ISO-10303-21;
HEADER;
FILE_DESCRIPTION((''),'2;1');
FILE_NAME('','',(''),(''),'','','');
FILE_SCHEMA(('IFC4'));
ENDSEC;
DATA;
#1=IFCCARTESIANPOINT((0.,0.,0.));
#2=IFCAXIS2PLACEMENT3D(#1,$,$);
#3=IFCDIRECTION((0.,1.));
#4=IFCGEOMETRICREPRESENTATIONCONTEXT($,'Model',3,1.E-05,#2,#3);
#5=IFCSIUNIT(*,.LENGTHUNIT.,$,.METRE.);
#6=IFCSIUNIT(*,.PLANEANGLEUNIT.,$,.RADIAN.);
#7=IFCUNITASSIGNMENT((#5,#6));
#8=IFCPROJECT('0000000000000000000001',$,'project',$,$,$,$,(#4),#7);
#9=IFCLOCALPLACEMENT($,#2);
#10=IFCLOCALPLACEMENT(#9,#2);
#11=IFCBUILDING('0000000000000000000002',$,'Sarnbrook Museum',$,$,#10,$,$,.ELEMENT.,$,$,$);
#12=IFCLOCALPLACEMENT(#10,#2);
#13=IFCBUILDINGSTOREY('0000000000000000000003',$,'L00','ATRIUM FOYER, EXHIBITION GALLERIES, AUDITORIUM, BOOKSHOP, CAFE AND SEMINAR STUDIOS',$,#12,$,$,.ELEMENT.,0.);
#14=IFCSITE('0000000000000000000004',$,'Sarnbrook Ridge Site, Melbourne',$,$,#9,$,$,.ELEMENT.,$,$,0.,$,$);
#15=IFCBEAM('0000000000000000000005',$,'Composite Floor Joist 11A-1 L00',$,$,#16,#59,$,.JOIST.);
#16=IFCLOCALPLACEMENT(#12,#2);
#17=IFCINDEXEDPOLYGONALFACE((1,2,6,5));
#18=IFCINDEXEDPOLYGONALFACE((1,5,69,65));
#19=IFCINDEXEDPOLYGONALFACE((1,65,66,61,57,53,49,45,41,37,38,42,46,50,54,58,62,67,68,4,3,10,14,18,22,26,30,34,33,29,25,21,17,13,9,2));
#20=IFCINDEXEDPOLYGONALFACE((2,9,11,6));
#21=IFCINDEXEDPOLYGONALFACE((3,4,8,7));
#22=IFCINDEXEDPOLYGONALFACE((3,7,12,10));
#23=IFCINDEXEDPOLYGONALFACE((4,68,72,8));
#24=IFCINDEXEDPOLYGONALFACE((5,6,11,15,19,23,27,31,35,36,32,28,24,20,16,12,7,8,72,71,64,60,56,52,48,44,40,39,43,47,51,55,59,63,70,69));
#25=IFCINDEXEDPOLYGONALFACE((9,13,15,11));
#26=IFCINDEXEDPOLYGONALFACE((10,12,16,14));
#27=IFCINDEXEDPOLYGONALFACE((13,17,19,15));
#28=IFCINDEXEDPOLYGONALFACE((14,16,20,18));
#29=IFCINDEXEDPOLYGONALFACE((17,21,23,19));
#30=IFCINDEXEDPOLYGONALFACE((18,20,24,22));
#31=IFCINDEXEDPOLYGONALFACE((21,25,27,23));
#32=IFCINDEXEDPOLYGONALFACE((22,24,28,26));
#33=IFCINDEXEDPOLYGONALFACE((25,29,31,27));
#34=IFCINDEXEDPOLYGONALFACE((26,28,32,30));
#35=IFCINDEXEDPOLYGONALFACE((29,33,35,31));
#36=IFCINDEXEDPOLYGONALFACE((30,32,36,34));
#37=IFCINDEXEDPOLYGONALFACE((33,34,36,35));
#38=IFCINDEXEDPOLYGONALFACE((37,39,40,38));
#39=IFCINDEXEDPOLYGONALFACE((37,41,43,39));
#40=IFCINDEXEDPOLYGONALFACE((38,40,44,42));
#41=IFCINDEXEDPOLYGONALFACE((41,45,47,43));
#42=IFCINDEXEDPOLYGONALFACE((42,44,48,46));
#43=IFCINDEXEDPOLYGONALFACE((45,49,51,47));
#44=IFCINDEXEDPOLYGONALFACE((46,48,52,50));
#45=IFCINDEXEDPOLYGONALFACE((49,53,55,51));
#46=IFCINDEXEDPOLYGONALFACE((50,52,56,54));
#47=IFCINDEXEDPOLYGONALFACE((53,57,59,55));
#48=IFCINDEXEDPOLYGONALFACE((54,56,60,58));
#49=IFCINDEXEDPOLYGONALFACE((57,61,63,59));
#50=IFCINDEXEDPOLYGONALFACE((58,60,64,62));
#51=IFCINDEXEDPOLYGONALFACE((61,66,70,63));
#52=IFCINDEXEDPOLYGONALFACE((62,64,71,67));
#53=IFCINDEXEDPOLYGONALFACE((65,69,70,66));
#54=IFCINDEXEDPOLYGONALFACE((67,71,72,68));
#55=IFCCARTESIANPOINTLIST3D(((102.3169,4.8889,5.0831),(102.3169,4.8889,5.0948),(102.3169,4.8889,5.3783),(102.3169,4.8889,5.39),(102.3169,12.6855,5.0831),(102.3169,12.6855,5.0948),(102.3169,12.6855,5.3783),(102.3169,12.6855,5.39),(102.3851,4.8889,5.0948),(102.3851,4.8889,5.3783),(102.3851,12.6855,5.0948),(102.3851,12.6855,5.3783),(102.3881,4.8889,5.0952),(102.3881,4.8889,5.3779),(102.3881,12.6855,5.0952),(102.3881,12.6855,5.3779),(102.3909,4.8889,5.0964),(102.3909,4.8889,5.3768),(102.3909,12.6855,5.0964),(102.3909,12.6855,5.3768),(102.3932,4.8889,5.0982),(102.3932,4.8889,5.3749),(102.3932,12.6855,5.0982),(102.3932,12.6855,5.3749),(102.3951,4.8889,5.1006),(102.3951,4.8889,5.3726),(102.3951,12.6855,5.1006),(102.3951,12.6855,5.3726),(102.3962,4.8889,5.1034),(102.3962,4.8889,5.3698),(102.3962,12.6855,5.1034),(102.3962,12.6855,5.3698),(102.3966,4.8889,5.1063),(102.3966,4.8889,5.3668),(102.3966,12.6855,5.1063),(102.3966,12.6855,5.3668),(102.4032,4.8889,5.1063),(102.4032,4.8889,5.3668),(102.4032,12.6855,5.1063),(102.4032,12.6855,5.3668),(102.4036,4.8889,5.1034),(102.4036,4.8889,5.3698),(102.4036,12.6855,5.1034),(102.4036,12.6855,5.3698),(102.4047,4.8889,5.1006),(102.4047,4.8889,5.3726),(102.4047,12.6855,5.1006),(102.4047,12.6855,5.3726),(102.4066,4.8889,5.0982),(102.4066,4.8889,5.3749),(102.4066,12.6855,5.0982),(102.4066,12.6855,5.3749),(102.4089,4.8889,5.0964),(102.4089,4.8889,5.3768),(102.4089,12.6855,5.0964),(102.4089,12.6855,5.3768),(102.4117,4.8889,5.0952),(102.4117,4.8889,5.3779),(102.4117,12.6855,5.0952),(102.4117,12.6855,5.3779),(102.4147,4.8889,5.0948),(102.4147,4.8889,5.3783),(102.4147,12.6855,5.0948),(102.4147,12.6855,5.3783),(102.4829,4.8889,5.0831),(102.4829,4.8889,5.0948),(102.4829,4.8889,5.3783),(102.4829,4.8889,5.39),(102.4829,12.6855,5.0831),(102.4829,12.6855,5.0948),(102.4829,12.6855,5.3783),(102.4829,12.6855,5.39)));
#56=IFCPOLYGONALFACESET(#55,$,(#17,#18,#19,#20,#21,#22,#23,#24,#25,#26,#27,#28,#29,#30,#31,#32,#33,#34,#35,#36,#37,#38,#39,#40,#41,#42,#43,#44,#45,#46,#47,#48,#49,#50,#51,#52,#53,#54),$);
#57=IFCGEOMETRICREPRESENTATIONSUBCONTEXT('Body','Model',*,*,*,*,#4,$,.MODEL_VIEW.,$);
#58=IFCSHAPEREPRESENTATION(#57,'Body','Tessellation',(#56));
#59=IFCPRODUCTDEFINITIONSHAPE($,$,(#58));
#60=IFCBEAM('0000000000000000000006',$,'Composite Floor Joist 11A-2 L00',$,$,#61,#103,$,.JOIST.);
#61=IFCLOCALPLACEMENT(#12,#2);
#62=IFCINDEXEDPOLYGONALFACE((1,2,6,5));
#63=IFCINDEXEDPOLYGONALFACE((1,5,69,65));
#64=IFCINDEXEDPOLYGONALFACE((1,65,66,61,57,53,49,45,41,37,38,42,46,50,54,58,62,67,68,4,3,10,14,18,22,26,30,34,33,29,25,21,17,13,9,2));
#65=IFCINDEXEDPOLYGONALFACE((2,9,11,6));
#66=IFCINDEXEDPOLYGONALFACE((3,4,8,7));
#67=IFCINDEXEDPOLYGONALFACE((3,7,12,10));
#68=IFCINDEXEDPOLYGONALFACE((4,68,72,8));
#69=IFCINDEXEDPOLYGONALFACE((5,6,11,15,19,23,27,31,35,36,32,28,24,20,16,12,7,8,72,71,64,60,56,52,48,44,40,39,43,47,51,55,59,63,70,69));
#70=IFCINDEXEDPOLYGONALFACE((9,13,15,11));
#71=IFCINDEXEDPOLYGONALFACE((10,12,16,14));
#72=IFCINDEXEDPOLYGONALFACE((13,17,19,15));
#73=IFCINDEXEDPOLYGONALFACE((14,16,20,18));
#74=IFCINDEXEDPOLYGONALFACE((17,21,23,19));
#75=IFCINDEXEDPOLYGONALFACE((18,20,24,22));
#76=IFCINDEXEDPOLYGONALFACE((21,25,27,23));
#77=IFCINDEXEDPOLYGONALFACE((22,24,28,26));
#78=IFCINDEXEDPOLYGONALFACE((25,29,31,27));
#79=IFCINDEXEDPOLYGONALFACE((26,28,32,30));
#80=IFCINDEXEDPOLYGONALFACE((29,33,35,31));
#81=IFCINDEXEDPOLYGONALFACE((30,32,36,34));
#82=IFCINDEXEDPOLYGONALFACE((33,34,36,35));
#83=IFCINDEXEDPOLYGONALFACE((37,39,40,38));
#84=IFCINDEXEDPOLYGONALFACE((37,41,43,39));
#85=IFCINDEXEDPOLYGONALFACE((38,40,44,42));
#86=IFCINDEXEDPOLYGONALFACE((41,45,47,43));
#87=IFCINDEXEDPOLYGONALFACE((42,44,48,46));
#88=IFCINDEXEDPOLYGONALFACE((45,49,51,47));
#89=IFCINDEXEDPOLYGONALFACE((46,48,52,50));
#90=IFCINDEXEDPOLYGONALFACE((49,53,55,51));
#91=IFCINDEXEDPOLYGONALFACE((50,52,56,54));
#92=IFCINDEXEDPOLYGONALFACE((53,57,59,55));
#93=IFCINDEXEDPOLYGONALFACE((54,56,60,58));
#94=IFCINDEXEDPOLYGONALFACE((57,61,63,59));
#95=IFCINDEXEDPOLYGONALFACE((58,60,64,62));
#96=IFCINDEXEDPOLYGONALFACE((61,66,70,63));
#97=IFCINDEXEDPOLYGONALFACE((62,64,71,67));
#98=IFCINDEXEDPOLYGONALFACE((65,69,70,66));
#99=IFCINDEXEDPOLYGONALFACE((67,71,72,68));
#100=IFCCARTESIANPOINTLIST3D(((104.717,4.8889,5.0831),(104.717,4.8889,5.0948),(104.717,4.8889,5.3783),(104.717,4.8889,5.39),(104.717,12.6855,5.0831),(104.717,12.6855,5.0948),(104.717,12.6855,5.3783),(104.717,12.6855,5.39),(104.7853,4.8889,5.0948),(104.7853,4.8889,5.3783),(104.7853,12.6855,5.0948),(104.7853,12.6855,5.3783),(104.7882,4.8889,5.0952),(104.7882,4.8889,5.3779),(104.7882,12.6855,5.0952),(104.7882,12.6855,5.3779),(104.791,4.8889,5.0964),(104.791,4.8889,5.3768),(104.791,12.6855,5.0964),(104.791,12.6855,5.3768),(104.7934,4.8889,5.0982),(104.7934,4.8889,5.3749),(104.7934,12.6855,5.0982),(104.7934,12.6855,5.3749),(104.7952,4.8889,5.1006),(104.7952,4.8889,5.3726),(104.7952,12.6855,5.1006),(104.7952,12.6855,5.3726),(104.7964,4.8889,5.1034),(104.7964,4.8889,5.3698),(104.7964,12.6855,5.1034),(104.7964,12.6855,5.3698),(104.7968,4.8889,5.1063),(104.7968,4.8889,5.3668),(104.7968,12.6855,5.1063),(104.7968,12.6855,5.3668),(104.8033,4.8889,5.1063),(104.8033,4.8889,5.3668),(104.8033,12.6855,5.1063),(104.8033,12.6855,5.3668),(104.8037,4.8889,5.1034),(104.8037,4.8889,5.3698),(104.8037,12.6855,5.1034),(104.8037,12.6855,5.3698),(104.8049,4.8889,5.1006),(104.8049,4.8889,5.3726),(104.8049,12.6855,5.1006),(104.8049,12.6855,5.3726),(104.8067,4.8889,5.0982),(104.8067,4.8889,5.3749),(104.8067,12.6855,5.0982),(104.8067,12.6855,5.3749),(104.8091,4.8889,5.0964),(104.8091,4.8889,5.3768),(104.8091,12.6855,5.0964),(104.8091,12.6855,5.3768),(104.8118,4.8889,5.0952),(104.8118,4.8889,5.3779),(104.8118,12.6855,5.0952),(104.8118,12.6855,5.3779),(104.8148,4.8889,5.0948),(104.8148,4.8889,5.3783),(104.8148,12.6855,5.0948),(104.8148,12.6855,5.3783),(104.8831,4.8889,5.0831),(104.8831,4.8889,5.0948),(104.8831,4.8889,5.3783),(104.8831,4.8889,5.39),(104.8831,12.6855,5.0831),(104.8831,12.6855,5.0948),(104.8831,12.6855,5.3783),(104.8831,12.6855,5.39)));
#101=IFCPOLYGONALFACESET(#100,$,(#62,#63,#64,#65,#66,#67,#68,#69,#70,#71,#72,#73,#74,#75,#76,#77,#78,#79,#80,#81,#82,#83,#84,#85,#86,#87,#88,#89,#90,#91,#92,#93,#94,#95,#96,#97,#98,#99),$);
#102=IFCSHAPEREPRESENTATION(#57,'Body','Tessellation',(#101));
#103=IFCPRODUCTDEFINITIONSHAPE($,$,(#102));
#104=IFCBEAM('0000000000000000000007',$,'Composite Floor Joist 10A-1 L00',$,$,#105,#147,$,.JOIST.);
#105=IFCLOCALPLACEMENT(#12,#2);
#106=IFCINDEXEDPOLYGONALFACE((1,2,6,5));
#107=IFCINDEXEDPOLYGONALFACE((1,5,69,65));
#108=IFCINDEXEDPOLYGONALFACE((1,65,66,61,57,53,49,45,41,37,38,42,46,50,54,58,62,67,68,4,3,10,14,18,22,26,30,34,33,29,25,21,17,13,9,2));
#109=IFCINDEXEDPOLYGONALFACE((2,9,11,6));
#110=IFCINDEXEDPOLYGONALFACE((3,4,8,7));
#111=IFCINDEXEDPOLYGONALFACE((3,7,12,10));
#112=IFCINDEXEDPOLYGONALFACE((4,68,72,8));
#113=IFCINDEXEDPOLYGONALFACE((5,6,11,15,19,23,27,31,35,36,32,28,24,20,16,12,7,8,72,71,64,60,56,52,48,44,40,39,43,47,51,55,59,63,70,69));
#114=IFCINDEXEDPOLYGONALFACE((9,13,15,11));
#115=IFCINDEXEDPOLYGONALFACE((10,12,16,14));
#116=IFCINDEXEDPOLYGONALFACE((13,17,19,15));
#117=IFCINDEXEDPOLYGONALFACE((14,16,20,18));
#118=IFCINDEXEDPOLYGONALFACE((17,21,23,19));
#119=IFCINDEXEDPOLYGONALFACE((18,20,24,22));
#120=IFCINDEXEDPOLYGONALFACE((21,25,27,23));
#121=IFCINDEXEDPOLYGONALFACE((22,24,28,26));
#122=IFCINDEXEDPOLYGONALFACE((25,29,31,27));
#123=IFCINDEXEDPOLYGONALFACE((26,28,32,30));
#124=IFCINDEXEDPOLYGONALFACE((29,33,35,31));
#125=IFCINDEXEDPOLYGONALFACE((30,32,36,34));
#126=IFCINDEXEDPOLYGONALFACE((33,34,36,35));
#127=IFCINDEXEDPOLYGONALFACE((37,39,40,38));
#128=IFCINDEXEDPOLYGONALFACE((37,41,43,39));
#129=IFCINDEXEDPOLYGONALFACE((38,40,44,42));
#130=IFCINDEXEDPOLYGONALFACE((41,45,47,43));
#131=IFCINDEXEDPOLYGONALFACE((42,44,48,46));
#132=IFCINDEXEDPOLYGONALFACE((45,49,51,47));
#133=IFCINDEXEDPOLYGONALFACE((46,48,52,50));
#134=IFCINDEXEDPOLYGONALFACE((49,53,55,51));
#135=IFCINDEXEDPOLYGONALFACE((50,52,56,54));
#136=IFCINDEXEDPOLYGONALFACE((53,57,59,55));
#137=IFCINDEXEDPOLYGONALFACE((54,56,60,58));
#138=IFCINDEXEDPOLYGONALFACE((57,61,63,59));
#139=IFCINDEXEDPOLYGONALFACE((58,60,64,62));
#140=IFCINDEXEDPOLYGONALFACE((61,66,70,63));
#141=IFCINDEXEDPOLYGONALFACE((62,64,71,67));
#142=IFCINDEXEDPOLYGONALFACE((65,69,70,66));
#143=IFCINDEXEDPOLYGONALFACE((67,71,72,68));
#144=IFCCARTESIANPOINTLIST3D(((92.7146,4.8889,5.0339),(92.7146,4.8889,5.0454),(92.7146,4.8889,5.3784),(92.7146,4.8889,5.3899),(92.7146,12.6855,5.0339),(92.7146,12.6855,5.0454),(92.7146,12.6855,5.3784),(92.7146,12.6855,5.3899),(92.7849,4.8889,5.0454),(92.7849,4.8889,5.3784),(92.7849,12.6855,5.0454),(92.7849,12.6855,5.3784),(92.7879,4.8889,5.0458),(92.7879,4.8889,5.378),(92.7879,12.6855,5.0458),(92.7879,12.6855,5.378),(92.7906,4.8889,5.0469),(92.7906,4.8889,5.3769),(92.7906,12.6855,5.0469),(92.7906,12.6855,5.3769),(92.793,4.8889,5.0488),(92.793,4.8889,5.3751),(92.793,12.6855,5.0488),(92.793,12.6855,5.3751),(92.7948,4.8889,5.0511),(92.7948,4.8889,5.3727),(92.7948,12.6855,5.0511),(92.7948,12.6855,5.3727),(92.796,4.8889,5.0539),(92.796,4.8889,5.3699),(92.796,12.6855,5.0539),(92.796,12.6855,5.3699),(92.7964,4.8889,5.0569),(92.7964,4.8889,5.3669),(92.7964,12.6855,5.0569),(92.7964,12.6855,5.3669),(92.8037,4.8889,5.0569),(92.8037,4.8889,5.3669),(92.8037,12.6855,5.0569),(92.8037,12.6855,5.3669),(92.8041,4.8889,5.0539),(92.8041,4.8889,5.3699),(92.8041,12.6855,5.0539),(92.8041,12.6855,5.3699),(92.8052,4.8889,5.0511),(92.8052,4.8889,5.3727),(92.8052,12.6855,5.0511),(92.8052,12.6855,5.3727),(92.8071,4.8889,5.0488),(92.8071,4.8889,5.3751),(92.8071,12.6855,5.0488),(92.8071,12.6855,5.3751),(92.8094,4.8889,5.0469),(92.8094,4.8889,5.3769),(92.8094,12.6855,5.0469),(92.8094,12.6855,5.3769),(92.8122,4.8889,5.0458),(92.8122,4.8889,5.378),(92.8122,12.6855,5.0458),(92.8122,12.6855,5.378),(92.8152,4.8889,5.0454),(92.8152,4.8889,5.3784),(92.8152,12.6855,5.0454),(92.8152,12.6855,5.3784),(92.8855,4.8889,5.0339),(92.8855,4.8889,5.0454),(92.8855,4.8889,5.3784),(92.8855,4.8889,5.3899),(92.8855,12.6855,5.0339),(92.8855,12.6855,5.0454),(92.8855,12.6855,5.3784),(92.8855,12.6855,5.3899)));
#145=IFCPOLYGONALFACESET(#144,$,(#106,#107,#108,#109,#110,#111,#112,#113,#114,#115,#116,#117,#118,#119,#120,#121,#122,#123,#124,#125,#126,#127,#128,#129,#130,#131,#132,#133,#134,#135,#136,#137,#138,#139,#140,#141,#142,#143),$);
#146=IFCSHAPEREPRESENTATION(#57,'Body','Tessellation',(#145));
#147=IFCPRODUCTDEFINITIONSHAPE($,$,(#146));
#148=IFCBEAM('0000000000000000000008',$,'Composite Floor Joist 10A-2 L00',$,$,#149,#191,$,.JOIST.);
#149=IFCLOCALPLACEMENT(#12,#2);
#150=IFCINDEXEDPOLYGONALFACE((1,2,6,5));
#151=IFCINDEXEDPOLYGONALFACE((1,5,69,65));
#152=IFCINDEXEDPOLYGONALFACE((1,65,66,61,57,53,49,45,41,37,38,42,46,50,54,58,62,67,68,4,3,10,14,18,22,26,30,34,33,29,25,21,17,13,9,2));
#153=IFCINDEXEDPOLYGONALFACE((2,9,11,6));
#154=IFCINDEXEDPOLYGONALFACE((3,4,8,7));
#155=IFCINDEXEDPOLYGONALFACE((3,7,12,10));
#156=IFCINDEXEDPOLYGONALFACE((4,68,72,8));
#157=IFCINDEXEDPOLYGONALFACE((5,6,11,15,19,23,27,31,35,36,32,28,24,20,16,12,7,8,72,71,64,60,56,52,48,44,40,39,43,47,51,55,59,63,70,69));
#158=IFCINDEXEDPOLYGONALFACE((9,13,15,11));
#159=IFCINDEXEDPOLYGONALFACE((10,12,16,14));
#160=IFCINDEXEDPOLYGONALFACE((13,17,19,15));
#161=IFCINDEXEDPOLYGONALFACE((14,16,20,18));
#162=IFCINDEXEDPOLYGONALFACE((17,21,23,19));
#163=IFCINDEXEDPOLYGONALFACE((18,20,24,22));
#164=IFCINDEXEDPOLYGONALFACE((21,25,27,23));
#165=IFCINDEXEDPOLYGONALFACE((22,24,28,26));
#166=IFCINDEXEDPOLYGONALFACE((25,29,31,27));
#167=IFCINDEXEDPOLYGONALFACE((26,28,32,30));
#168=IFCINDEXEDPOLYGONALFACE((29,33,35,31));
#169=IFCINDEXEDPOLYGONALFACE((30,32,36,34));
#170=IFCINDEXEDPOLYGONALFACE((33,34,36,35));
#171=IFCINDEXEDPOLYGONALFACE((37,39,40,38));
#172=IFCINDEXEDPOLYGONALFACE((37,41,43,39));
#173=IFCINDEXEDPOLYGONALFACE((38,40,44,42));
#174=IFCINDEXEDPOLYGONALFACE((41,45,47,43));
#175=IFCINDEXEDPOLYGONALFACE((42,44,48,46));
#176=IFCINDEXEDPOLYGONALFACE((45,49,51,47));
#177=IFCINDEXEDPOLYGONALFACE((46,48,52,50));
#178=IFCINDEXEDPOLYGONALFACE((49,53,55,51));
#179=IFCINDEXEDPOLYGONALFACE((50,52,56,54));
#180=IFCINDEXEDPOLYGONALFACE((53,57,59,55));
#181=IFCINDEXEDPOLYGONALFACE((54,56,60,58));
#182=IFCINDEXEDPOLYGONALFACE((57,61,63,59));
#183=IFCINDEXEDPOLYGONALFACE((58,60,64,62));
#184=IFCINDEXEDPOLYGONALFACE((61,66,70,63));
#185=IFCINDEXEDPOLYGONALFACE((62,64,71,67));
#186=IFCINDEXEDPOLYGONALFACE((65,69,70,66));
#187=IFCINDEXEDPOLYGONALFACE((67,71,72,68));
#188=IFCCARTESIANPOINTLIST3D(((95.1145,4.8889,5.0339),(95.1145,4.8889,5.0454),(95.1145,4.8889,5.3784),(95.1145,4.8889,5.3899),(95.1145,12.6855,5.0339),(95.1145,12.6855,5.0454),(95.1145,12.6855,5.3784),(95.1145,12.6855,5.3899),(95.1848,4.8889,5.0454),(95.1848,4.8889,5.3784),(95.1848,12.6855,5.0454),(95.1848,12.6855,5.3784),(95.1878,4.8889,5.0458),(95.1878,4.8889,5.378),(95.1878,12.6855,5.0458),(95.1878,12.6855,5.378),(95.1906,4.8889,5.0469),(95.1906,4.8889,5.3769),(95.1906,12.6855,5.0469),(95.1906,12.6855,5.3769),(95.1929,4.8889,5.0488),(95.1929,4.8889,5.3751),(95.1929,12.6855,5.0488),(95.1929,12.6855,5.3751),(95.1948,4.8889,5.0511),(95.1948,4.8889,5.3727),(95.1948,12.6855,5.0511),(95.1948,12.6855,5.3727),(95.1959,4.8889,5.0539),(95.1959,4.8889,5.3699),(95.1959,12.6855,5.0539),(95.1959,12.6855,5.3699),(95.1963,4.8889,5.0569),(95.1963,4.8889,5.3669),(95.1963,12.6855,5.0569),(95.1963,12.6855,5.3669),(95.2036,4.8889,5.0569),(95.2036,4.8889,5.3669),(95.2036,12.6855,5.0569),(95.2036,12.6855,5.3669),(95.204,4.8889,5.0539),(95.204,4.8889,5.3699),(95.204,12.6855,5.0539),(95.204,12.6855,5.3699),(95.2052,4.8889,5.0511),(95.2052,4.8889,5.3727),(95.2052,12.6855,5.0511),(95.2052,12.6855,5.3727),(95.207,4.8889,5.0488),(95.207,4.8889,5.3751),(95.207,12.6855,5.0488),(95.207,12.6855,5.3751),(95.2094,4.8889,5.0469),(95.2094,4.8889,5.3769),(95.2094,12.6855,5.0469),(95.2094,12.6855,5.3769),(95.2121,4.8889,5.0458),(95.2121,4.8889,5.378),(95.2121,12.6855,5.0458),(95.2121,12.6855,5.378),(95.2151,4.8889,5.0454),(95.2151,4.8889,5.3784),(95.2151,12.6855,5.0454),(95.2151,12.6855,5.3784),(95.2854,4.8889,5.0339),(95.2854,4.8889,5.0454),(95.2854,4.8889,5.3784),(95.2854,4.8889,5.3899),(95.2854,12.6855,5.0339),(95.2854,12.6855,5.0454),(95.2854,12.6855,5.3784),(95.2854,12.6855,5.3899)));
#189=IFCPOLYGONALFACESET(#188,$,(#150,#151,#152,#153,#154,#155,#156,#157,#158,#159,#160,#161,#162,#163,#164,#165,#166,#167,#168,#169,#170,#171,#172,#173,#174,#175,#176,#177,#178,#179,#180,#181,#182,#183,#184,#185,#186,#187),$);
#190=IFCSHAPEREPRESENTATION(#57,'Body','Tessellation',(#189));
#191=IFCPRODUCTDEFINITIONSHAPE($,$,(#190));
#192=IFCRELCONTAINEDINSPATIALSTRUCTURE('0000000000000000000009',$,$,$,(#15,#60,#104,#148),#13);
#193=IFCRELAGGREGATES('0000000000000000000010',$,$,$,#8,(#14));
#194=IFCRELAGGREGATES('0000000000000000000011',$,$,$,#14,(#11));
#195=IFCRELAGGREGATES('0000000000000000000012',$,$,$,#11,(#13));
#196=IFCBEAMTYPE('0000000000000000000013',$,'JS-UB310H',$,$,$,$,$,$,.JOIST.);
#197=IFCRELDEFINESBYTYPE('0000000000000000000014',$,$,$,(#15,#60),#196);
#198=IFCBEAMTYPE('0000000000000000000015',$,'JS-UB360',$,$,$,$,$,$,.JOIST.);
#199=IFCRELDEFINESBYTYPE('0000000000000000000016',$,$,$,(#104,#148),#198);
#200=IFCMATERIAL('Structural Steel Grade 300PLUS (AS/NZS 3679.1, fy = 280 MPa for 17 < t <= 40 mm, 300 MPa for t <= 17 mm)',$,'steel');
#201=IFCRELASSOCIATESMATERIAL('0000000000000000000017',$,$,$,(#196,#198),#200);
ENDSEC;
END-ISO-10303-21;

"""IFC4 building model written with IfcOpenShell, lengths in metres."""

from ifc_helpers import new_model, si_unit, direction, frame, origin, origin_2d, place, context, subcontext, project, spatial, i_section, extrude, material, material_profile, profile_set, type_object, element, save


model = new_model("IFC4")

# Units and contexts
model_context = context("Model", 3, precision=1e-05, world=origin(), true_north=direction((0.0, 1.0)))
body_context = subcontext(model_context, "Body", "Model", "MODEL_VIEW")
ifc_project = project(units=[si_unit("LENGTHUNIT", "METRE"), si_unit("PLANEANGLEUNIT", "RADIAN")], contexts=[model_context])

# Site, building, storey
site_placement = place(None, origin())
site = spatial("IfcSite", under=ifc_project, at=site_placement, Name="Sarnbrook Ridge Site, Melbourne", CompositionType="ELEMENT", RefElevation=0.0)
building_placement = place(site_placement, origin())
building = spatial("IfcBuilding", under=site, at=building_placement, Name="Sarnbrook Museum", CompositionType="ELEMENT")
storey_placement = place(building_placement, origin())
storey = spatial("IfcBuildingStorey", under=building, at=storey_placement, Name="L00", Description="ATRIUM FOYER, EXHIBITION GALLERIES, AUDITORIUM, BOOKSHOP, CAFE AND SEMINAR STUDIOS", CompositionType="ELEMENT", Elevation=0.0)

# Shared definitions
ifc_material_1 = material(Name="Structural Steel Grade 300PLUS (AS/NZS 3679.1, fy = 280 MPa for 17 < t <= 40 mm, 300 MPa for t <= 17 mm)", Category="steel")

# Beams
ifc_material_profile_1 = material_profile(ifc_material_1, i_section(OverallWidth=0.166, OverallDepth=0.3069, WebThickness=0.0066, FlangeThickness=0.0117, FilletRadius=0.0115, at=origin_2d()), Name="310UB46.2")
ifc_profile_set_1 = profile_set([ifc_material_profile_1], Name="Structural Steel Grade 300PLUS (AS/NZS 3679.1, fy = 280 MPa for 17 < t <= 40 mm, 300 MPa for t <= 17 mm)")
beam_type_1 = type_object("IfcBeamType", Name="JS-UB310H", PredefinedType="JOIST", material=ifc_profile_set_1)
for number, where, z_axis, x_axis, name in (
    (1, (102.3999, 4.8889, 5.2366), (0.0, 1.0, 0.0), (-1.0, 0.0, 0.0), "Composite Floor Joist 11A-1 L00"),
    (2, (104.8, 4.8889, 5.2366), (0.0, 1.0, 0.0), (-1.0, 0.0, 0.0), "Composite Floor Joist 11A-2 L00"),
):
    element("IfcBeam", number, at=place(storey_placement, frame(where, z_axis=z_axis, x_axis=x_axis)), inside=storey, type_object=beam_type_1, Name=name, PredefinedType="JOIST", context=body_context, shape_type="SweptSolid", body=[
        extrude(i_section(OverallWidth=0.166, OverallDepth=0.3069, WebThickness=0.0066, FlangeThickness=0.0117, FilletRadius=0.0115, at=origin_2d()), origin(), (0.0, 0.0, 1.0), 7.7966),
    ])
ifc_material_profile_2 = material_profile(ifc_material_1, i_section(OverallWidth=0.1709, OverallDepth=0.356, WebThickness=0.0073, FlangeThickness=0.0115, FilletRadius=0.0115, at=origin_2d()), Name="360UB50.7")
ifc_profile_set_2 = profile_set([ifc_material_profile_2], Name="Structural Steel Grade 300PLUS (AS/NZS 3679.1, fy = 280 MPa for 17 < t <= 40 mm, 300 MPa for t <= 17 mm)")
beam_type_2 = type_object("IfcBeamType", Name="JS-UB360", PredefinedType="JOIST", material=ifc_profile_set_2)
for number, where, z_axis, x_axis, name in (
    (3, (92.8, 4.8889, 5.2119), (0.0, 1.0, 0.0), (-1.0, 0.0, 0.0), "Composite Floor Joist 10A-1 L00"),
    (4, (95.2, 4.8889, 5.2119), (0.0, 1.0, 0.0), (-1.0, 0.0, 0.0), "Composite Floor Joist 10A-2 L00"),
):
    element("IfcBeam", number, at=place(storey_placement, frame(where, z_axis=z_axis, x_axis=x_axis)), inside=storey, type_object=beam_type_2, Name=name, PredefinedType="JOIST", context=body_context, shape_type="SweptSolid", body=[
        extrude(i_section(OverallWidth=0.1709, OverallDepth=0.356, WebThickness=0.0073, FlangeThickness=0.0115, FilletRadius=0.0115, at=origin_2d()), origin(), (0.0, 0.0, 1.0), 7.7966),
    ])

save(model, "model.ifc")
